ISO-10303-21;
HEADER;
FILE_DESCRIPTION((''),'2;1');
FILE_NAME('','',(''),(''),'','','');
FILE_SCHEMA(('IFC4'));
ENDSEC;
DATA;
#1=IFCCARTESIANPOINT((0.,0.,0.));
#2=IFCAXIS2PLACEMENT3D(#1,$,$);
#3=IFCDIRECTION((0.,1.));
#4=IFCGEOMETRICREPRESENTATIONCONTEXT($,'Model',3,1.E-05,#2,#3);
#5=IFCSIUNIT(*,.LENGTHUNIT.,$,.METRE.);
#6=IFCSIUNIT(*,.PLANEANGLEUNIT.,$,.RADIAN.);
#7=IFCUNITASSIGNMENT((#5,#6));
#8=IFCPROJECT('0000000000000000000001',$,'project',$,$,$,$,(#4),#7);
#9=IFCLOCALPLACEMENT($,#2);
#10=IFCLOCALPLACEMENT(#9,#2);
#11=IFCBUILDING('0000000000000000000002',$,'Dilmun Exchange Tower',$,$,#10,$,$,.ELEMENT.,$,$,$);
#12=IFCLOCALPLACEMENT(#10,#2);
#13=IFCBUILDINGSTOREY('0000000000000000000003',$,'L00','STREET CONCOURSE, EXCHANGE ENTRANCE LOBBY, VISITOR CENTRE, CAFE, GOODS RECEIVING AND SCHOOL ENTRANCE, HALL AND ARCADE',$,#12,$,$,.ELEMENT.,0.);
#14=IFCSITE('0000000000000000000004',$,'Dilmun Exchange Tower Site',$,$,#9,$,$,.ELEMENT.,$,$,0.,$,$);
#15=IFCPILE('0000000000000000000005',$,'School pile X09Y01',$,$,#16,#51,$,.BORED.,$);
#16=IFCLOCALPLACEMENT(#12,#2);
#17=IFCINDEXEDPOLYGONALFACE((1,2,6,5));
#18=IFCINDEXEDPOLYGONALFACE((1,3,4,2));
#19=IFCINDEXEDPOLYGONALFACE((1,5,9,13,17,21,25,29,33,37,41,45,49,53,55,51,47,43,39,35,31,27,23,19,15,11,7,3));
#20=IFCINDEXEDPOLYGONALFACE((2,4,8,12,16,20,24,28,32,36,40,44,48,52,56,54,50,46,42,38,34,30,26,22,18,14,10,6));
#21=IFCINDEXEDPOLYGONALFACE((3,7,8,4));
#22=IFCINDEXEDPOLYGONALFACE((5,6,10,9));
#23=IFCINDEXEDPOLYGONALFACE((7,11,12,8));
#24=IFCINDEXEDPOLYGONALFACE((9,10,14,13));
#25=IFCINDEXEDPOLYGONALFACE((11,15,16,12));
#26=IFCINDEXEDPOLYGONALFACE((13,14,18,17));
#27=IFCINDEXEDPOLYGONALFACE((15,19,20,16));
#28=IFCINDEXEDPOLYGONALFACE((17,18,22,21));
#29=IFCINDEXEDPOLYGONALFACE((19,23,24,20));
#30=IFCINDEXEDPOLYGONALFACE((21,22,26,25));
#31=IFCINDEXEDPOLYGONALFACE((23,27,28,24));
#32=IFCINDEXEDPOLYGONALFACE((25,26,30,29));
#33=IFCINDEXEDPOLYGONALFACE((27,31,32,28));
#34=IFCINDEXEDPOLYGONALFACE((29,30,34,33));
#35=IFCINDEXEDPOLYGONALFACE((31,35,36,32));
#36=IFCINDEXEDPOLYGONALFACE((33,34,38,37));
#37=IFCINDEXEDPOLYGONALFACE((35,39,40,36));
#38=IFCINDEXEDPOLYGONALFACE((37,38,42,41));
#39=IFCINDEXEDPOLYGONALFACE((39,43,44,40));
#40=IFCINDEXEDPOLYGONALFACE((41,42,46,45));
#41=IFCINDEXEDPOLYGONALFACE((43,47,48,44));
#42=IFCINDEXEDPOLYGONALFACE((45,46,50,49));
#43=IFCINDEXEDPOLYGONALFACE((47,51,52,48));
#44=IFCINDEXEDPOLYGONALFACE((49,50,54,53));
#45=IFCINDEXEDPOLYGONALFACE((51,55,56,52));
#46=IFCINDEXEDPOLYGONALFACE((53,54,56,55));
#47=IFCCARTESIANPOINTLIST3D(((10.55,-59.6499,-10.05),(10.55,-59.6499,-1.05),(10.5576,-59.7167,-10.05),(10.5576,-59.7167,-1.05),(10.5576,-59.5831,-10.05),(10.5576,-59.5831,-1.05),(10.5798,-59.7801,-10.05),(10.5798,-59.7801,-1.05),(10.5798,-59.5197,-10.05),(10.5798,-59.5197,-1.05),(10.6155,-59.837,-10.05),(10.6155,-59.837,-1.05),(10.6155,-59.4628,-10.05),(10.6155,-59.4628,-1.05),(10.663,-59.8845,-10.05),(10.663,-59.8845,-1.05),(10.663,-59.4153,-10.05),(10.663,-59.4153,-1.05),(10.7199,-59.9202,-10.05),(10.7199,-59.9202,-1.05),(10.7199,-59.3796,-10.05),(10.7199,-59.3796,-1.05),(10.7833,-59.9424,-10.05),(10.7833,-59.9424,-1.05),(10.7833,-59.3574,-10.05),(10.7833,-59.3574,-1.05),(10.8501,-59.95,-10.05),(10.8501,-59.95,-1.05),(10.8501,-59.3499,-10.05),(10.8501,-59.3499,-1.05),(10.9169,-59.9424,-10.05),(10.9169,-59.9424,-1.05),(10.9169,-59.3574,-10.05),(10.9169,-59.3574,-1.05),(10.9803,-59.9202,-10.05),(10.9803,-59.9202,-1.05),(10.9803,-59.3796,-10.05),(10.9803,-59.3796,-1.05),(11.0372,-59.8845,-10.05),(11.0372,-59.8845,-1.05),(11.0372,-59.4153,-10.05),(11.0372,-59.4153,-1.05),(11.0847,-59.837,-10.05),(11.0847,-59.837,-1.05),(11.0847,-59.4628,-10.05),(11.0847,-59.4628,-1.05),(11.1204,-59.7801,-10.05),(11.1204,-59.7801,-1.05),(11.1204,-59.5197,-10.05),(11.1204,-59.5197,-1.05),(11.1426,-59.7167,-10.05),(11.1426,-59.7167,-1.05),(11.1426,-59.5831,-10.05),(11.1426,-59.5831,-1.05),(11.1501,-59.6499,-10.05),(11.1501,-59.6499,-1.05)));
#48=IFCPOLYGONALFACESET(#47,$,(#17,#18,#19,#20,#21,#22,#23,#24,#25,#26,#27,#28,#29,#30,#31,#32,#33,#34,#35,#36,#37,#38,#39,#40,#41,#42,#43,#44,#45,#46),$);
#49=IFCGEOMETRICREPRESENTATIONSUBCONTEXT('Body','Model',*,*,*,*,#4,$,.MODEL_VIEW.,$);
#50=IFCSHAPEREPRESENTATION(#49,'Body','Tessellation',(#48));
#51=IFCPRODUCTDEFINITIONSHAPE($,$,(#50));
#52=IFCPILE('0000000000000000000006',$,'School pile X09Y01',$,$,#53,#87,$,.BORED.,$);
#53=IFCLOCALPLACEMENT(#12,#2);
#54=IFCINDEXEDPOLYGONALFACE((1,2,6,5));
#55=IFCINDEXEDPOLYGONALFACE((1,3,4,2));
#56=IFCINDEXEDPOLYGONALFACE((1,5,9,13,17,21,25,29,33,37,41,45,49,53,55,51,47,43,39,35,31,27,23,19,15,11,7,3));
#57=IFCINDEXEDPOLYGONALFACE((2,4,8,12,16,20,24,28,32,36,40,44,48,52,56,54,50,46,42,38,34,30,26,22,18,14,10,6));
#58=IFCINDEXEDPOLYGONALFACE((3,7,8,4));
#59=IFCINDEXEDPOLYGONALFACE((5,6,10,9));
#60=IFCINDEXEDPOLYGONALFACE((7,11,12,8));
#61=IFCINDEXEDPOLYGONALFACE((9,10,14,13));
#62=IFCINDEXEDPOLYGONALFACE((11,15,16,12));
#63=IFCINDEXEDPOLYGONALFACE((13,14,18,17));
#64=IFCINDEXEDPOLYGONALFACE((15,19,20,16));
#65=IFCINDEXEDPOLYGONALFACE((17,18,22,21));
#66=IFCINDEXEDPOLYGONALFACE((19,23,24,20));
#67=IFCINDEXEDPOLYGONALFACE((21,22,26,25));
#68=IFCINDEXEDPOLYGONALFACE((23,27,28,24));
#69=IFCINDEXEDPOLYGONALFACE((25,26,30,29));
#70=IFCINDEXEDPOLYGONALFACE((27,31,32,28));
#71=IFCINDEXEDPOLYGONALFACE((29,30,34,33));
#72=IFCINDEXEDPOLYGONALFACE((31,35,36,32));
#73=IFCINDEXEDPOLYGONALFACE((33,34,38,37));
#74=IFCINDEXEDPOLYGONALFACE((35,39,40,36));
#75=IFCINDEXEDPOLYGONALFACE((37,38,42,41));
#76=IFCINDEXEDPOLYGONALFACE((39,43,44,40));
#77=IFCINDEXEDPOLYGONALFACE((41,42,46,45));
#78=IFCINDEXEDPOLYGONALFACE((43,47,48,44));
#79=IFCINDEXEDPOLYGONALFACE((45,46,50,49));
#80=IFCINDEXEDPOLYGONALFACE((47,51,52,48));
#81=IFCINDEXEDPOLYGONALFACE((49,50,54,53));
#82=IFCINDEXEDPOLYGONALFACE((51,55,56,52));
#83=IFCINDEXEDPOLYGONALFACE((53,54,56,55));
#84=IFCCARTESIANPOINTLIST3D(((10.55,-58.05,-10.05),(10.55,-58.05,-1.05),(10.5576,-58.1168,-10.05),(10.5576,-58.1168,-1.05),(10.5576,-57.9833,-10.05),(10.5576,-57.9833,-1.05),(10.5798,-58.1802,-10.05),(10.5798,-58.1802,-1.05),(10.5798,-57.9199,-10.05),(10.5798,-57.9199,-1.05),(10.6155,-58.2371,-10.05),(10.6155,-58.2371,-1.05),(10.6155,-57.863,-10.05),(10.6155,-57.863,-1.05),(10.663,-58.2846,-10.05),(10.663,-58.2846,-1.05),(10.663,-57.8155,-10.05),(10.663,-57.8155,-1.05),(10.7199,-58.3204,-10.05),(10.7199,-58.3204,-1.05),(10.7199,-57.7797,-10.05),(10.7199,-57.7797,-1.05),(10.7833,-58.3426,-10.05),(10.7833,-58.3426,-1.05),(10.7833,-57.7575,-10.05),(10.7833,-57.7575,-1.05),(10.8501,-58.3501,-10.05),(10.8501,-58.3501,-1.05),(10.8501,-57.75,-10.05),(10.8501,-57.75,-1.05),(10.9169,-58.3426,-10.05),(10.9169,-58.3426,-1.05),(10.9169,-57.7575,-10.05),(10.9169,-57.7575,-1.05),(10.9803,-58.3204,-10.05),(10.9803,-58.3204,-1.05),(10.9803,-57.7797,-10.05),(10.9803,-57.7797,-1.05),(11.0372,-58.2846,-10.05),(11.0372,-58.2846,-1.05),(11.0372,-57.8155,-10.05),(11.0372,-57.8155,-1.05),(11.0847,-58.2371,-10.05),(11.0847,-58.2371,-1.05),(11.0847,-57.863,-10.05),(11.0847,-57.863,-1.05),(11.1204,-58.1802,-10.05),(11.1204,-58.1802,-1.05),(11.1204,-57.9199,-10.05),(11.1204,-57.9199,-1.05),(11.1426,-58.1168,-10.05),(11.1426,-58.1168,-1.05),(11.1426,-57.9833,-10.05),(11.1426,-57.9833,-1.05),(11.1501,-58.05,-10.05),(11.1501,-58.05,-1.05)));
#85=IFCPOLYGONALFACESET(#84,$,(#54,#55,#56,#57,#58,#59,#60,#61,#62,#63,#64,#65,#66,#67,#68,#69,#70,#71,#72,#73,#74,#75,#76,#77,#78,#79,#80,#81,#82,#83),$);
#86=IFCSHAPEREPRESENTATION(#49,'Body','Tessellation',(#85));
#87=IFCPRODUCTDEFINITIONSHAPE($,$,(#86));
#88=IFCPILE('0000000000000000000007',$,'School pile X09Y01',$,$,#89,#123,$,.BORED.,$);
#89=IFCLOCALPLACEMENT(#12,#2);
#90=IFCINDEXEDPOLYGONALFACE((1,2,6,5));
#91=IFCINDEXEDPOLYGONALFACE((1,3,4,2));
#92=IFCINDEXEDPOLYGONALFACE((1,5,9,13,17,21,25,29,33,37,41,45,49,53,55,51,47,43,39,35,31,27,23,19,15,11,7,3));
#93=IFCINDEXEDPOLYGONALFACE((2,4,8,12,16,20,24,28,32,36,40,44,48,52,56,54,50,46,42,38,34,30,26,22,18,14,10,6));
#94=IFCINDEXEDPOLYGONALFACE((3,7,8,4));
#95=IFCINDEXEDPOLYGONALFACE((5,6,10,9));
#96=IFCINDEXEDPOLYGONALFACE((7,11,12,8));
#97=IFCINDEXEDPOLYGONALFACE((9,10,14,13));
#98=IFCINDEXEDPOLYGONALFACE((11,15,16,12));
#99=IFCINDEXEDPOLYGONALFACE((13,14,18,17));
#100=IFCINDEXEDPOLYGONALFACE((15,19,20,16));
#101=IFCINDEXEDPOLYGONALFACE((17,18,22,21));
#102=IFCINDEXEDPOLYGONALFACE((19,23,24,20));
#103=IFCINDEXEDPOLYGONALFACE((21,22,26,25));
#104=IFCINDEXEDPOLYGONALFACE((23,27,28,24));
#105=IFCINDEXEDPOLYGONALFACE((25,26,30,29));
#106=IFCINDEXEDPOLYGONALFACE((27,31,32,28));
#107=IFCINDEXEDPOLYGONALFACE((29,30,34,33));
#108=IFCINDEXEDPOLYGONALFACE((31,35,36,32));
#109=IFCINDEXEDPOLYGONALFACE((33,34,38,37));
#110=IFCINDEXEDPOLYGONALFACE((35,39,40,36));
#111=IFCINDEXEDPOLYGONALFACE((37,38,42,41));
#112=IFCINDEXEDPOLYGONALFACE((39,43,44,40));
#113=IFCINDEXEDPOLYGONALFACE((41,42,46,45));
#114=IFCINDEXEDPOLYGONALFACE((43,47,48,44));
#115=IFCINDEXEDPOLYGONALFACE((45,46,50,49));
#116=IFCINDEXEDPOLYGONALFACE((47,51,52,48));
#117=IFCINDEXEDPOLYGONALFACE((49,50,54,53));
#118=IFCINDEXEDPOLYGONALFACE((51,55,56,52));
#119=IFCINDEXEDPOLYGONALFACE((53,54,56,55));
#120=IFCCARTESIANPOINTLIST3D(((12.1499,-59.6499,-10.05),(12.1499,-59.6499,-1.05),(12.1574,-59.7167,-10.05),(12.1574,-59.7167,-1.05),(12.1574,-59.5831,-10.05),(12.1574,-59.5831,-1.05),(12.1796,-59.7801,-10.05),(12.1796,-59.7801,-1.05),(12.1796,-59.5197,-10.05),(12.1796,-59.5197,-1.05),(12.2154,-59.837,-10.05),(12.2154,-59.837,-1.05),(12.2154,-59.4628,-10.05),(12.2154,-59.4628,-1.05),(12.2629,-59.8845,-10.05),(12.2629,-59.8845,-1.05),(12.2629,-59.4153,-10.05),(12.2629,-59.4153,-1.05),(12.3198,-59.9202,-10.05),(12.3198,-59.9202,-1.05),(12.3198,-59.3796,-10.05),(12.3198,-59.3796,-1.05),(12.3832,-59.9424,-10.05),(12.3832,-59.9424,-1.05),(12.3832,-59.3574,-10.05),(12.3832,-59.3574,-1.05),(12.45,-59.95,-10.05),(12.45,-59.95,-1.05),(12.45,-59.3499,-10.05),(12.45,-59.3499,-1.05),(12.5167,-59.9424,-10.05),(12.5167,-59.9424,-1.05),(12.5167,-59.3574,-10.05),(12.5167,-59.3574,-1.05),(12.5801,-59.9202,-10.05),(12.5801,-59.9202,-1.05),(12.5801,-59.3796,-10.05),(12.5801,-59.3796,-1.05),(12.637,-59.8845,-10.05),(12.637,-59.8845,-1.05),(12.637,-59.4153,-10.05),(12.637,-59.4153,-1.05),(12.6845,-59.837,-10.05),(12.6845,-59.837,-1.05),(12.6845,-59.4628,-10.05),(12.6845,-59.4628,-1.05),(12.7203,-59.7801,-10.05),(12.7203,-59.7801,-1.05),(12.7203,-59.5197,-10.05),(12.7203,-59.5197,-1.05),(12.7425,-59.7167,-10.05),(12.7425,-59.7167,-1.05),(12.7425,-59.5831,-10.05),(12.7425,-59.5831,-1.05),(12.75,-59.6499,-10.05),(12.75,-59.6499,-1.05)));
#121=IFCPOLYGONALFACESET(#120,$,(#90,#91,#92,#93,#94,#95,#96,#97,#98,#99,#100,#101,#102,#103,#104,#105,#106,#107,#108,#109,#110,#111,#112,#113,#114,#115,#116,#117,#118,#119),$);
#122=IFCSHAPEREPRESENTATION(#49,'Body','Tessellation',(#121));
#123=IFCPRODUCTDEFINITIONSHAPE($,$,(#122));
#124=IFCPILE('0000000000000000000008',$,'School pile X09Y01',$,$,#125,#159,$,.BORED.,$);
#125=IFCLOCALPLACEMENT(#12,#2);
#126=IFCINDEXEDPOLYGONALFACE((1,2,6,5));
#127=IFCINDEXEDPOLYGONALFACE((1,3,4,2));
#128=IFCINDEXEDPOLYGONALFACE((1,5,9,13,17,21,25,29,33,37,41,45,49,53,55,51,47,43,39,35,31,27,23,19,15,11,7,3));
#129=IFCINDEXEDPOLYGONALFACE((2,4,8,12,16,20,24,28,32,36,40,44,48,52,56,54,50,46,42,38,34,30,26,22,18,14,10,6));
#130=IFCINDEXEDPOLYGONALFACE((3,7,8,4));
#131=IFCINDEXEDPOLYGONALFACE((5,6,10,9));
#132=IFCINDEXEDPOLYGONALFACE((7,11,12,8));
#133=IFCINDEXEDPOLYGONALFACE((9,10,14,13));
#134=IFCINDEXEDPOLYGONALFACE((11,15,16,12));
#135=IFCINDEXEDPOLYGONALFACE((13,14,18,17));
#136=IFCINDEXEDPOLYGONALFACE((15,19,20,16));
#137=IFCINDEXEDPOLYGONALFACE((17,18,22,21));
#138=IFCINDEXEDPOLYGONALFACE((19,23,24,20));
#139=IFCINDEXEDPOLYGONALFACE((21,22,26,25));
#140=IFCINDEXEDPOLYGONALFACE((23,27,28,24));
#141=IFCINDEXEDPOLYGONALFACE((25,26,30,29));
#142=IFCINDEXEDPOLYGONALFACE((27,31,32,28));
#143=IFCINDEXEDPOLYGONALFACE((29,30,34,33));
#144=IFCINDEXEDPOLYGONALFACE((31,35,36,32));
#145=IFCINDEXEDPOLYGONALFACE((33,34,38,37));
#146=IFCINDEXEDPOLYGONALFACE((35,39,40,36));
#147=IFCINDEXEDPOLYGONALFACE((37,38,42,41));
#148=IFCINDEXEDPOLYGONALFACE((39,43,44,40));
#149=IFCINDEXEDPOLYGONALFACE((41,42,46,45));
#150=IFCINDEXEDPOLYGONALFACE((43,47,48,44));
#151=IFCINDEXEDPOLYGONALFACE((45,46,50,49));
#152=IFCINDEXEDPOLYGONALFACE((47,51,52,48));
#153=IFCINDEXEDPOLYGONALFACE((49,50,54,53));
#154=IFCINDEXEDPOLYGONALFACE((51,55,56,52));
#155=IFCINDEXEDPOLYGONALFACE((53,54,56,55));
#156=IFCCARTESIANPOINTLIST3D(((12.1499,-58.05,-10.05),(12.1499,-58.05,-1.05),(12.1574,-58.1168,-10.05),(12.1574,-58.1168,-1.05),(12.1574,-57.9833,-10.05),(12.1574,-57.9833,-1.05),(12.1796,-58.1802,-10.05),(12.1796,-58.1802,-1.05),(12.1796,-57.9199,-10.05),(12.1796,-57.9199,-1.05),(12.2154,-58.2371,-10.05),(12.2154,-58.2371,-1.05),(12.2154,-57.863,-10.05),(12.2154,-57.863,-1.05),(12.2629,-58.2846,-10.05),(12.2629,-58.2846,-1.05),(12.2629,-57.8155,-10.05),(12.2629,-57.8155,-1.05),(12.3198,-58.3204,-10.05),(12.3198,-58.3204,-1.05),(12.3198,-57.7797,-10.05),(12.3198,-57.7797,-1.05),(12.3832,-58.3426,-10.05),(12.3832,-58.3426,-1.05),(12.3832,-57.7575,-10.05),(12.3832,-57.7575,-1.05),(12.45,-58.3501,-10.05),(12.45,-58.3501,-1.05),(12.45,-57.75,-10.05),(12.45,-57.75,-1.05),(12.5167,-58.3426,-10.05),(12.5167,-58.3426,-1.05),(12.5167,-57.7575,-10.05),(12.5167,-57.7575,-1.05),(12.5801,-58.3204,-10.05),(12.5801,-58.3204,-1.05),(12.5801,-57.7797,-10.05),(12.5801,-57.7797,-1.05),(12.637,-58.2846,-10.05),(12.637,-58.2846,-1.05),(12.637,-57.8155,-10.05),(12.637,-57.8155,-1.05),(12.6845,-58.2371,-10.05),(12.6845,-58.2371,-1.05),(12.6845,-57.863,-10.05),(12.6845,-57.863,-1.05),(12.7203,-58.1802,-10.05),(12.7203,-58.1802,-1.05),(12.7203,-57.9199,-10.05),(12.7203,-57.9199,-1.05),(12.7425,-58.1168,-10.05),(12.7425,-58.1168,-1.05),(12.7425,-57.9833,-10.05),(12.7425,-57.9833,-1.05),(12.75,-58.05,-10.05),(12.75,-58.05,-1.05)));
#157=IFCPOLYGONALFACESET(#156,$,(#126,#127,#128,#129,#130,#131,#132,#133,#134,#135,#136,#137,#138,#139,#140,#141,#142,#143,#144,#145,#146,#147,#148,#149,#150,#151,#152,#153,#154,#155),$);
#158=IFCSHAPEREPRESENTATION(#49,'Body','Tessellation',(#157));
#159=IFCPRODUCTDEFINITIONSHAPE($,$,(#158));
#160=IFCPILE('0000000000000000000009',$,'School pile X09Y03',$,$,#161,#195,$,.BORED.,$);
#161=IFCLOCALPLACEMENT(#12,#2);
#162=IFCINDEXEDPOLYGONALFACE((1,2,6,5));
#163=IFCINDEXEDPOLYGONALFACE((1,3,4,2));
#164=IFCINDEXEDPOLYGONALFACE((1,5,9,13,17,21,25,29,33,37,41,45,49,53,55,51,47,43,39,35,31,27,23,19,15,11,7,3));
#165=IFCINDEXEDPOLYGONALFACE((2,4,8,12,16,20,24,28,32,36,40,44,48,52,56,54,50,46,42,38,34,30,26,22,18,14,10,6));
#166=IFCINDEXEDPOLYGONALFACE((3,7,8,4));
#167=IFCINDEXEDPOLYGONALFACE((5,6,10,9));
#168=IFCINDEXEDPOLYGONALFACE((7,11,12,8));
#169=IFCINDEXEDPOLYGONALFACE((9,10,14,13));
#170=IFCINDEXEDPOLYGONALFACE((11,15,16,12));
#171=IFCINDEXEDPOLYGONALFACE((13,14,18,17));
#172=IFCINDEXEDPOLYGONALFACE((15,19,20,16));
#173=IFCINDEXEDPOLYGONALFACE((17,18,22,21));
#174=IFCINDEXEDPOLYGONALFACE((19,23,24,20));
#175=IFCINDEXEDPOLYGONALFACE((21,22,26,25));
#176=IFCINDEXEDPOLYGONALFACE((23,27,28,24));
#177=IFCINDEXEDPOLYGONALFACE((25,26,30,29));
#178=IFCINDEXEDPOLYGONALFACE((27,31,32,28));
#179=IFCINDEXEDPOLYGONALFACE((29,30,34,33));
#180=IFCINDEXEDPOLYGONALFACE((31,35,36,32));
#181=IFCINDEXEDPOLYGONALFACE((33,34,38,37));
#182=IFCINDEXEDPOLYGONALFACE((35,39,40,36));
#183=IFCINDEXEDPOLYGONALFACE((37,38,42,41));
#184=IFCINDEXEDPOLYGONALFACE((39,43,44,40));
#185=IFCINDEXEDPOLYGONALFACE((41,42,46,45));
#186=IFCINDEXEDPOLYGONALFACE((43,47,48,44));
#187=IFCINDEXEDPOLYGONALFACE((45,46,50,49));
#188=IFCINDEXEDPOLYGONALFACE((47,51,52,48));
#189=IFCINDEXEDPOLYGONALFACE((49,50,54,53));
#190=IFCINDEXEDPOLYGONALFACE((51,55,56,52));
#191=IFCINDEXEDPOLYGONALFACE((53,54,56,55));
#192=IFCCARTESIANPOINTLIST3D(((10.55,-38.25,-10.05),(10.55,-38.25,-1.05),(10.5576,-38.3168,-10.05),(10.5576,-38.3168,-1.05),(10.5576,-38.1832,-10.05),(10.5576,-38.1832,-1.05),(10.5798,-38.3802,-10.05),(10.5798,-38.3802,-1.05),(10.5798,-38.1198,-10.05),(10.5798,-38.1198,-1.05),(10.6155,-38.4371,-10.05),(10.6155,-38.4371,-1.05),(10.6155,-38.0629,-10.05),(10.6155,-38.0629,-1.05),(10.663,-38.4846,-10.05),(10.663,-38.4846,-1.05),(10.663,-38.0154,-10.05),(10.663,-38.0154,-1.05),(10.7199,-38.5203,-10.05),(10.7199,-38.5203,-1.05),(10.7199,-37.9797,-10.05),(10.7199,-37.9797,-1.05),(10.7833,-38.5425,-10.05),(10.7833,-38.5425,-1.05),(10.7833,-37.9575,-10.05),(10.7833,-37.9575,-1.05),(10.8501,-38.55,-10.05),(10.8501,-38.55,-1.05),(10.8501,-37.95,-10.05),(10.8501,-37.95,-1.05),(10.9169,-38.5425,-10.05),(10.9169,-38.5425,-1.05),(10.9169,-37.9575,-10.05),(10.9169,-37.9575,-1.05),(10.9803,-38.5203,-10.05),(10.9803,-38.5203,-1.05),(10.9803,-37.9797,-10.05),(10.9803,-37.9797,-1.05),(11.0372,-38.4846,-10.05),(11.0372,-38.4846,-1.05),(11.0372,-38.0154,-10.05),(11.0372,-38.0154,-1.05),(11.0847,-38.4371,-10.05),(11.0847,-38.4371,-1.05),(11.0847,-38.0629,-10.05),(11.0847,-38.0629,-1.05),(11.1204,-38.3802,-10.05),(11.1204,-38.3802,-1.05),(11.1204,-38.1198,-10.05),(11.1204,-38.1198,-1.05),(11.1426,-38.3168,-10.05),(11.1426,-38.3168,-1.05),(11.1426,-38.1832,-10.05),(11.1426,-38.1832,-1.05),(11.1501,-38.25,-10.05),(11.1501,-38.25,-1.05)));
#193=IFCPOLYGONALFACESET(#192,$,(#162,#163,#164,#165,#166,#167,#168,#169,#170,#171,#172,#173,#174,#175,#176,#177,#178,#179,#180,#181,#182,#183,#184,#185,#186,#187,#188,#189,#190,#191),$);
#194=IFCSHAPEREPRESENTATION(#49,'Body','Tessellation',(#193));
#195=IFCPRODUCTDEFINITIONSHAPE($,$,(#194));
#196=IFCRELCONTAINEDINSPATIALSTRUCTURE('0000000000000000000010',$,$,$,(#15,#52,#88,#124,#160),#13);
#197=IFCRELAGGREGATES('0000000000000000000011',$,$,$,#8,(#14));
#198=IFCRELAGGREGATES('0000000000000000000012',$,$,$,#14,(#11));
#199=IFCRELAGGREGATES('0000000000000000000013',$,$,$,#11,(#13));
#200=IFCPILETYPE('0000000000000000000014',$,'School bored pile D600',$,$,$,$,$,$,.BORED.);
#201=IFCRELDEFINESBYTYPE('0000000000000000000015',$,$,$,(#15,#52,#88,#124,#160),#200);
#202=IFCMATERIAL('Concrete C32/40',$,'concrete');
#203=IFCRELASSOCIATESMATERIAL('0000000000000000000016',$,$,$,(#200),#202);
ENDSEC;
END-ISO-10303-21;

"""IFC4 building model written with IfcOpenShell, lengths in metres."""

from ifc_helpers import new_model, si_unit, direction, frame, origin, origin_2d, place, context, subcontext, project, spatial, circle, extrude, material, material_profile, profile_set, type_object, element, save


model = new_model("IFC4")

# Units and contexts
model_context = context("Model", 3, precision=1e-05, world=origin(), true_north=direction((0.0, 1.0)))
body_context = subcontext(model_context, "Body", "Model", "MODEL_VIEW")
ifc_project = project(units=[si_unit("LENGTHUNIT", "METRE"), si_unit("PLANEANGLEUNIT", "RADIAN")], contexts=[model_context])

# Site, building, storey
site_placement = place(None, origin())
site = spatial("IfcSite", under=ifc_project, at=site_placement, Name="Dilmun Exchange Tower Site", CompositionType="ELEMENT", RefElevation=0.0)
building_placement = place(site_placement, origin())
building = spatial("IfcBuilding", under=site, at=building_placement, Name="Dilmun Exchange Tower", CompositionType="ELEMENT")
storey_placement = place(building_placement, origin())
storey = spatial("IfcBuildingStorey", under=building, at=storey_placement, Name="L00", Description="STREET CONCOURSE, EXCHANGE ENTRANCE LOBBY, VISITOR CENTRE, CAFE, GOODS RECEIVING AND SCHOOL ENTRANCE, HALL AND ARCADE", CompositionType="ELEMENT", Elevation=0.0)

# Piles
ifc_material_1 = material(Name="Concrete C32/40", Category="concrete")
ifc_material_profile_1 = material_profile(ifc_material_1, circle(Radius=0.3, at=origin_2d()), Name="D600")
ifc_profile_set_1 = profile_set([ifc_material_profile_1], Name="Concrete C32/40")
pile_type = type_object("IfcPileType", Name="School bored pile D600", PredefinedType="BORED", material=ifc_profile_set_1)
for number, where, z_axis, x_axis, name in (
    (1, (10.8501, -59.6499, -1.05), (0.0, 0.0, -1.0), (1.0, 0.0, 0.0), "School pile X09Y01"),
    (2, (10.8501, -58.05, -1.05), (0.0, 0.0, -1.0), (1.0, 0.0, 0.0), "School pile X09Y01"),
    (3, (12.45, -59.6499, -1.05), (0.0, 0.0, -1.0), (1.0, 0.0, 0.0), "School pile X09Y01"),
    (4, (12.45, -58.05, -1.05), (0.0, 0.0, -1.0), (1.0, 0.0, 0.0), "School pile X09Y01"),
    (5, (10.8501, -38.25, -1.05), (0.0, 0.0, -1.0), (1.0, 0.0, 0.0), "School pile X09Y03"),
):
    element("IfcPile", number, at=place(storey_placement, frame(where, z_axis=z_axis, x_axis=x_axis)), inside=storey, type_object=pile_type, Name=name, PredefinedType="BORED", context=body_context, shape_type="SweptSolid", body=[
        extrude(circle(Radius=0.3, at=origin_2d()), origin(), (0.0, 0.0, 1.0), 9.0),
    ])

save(model, "model.ifc")
